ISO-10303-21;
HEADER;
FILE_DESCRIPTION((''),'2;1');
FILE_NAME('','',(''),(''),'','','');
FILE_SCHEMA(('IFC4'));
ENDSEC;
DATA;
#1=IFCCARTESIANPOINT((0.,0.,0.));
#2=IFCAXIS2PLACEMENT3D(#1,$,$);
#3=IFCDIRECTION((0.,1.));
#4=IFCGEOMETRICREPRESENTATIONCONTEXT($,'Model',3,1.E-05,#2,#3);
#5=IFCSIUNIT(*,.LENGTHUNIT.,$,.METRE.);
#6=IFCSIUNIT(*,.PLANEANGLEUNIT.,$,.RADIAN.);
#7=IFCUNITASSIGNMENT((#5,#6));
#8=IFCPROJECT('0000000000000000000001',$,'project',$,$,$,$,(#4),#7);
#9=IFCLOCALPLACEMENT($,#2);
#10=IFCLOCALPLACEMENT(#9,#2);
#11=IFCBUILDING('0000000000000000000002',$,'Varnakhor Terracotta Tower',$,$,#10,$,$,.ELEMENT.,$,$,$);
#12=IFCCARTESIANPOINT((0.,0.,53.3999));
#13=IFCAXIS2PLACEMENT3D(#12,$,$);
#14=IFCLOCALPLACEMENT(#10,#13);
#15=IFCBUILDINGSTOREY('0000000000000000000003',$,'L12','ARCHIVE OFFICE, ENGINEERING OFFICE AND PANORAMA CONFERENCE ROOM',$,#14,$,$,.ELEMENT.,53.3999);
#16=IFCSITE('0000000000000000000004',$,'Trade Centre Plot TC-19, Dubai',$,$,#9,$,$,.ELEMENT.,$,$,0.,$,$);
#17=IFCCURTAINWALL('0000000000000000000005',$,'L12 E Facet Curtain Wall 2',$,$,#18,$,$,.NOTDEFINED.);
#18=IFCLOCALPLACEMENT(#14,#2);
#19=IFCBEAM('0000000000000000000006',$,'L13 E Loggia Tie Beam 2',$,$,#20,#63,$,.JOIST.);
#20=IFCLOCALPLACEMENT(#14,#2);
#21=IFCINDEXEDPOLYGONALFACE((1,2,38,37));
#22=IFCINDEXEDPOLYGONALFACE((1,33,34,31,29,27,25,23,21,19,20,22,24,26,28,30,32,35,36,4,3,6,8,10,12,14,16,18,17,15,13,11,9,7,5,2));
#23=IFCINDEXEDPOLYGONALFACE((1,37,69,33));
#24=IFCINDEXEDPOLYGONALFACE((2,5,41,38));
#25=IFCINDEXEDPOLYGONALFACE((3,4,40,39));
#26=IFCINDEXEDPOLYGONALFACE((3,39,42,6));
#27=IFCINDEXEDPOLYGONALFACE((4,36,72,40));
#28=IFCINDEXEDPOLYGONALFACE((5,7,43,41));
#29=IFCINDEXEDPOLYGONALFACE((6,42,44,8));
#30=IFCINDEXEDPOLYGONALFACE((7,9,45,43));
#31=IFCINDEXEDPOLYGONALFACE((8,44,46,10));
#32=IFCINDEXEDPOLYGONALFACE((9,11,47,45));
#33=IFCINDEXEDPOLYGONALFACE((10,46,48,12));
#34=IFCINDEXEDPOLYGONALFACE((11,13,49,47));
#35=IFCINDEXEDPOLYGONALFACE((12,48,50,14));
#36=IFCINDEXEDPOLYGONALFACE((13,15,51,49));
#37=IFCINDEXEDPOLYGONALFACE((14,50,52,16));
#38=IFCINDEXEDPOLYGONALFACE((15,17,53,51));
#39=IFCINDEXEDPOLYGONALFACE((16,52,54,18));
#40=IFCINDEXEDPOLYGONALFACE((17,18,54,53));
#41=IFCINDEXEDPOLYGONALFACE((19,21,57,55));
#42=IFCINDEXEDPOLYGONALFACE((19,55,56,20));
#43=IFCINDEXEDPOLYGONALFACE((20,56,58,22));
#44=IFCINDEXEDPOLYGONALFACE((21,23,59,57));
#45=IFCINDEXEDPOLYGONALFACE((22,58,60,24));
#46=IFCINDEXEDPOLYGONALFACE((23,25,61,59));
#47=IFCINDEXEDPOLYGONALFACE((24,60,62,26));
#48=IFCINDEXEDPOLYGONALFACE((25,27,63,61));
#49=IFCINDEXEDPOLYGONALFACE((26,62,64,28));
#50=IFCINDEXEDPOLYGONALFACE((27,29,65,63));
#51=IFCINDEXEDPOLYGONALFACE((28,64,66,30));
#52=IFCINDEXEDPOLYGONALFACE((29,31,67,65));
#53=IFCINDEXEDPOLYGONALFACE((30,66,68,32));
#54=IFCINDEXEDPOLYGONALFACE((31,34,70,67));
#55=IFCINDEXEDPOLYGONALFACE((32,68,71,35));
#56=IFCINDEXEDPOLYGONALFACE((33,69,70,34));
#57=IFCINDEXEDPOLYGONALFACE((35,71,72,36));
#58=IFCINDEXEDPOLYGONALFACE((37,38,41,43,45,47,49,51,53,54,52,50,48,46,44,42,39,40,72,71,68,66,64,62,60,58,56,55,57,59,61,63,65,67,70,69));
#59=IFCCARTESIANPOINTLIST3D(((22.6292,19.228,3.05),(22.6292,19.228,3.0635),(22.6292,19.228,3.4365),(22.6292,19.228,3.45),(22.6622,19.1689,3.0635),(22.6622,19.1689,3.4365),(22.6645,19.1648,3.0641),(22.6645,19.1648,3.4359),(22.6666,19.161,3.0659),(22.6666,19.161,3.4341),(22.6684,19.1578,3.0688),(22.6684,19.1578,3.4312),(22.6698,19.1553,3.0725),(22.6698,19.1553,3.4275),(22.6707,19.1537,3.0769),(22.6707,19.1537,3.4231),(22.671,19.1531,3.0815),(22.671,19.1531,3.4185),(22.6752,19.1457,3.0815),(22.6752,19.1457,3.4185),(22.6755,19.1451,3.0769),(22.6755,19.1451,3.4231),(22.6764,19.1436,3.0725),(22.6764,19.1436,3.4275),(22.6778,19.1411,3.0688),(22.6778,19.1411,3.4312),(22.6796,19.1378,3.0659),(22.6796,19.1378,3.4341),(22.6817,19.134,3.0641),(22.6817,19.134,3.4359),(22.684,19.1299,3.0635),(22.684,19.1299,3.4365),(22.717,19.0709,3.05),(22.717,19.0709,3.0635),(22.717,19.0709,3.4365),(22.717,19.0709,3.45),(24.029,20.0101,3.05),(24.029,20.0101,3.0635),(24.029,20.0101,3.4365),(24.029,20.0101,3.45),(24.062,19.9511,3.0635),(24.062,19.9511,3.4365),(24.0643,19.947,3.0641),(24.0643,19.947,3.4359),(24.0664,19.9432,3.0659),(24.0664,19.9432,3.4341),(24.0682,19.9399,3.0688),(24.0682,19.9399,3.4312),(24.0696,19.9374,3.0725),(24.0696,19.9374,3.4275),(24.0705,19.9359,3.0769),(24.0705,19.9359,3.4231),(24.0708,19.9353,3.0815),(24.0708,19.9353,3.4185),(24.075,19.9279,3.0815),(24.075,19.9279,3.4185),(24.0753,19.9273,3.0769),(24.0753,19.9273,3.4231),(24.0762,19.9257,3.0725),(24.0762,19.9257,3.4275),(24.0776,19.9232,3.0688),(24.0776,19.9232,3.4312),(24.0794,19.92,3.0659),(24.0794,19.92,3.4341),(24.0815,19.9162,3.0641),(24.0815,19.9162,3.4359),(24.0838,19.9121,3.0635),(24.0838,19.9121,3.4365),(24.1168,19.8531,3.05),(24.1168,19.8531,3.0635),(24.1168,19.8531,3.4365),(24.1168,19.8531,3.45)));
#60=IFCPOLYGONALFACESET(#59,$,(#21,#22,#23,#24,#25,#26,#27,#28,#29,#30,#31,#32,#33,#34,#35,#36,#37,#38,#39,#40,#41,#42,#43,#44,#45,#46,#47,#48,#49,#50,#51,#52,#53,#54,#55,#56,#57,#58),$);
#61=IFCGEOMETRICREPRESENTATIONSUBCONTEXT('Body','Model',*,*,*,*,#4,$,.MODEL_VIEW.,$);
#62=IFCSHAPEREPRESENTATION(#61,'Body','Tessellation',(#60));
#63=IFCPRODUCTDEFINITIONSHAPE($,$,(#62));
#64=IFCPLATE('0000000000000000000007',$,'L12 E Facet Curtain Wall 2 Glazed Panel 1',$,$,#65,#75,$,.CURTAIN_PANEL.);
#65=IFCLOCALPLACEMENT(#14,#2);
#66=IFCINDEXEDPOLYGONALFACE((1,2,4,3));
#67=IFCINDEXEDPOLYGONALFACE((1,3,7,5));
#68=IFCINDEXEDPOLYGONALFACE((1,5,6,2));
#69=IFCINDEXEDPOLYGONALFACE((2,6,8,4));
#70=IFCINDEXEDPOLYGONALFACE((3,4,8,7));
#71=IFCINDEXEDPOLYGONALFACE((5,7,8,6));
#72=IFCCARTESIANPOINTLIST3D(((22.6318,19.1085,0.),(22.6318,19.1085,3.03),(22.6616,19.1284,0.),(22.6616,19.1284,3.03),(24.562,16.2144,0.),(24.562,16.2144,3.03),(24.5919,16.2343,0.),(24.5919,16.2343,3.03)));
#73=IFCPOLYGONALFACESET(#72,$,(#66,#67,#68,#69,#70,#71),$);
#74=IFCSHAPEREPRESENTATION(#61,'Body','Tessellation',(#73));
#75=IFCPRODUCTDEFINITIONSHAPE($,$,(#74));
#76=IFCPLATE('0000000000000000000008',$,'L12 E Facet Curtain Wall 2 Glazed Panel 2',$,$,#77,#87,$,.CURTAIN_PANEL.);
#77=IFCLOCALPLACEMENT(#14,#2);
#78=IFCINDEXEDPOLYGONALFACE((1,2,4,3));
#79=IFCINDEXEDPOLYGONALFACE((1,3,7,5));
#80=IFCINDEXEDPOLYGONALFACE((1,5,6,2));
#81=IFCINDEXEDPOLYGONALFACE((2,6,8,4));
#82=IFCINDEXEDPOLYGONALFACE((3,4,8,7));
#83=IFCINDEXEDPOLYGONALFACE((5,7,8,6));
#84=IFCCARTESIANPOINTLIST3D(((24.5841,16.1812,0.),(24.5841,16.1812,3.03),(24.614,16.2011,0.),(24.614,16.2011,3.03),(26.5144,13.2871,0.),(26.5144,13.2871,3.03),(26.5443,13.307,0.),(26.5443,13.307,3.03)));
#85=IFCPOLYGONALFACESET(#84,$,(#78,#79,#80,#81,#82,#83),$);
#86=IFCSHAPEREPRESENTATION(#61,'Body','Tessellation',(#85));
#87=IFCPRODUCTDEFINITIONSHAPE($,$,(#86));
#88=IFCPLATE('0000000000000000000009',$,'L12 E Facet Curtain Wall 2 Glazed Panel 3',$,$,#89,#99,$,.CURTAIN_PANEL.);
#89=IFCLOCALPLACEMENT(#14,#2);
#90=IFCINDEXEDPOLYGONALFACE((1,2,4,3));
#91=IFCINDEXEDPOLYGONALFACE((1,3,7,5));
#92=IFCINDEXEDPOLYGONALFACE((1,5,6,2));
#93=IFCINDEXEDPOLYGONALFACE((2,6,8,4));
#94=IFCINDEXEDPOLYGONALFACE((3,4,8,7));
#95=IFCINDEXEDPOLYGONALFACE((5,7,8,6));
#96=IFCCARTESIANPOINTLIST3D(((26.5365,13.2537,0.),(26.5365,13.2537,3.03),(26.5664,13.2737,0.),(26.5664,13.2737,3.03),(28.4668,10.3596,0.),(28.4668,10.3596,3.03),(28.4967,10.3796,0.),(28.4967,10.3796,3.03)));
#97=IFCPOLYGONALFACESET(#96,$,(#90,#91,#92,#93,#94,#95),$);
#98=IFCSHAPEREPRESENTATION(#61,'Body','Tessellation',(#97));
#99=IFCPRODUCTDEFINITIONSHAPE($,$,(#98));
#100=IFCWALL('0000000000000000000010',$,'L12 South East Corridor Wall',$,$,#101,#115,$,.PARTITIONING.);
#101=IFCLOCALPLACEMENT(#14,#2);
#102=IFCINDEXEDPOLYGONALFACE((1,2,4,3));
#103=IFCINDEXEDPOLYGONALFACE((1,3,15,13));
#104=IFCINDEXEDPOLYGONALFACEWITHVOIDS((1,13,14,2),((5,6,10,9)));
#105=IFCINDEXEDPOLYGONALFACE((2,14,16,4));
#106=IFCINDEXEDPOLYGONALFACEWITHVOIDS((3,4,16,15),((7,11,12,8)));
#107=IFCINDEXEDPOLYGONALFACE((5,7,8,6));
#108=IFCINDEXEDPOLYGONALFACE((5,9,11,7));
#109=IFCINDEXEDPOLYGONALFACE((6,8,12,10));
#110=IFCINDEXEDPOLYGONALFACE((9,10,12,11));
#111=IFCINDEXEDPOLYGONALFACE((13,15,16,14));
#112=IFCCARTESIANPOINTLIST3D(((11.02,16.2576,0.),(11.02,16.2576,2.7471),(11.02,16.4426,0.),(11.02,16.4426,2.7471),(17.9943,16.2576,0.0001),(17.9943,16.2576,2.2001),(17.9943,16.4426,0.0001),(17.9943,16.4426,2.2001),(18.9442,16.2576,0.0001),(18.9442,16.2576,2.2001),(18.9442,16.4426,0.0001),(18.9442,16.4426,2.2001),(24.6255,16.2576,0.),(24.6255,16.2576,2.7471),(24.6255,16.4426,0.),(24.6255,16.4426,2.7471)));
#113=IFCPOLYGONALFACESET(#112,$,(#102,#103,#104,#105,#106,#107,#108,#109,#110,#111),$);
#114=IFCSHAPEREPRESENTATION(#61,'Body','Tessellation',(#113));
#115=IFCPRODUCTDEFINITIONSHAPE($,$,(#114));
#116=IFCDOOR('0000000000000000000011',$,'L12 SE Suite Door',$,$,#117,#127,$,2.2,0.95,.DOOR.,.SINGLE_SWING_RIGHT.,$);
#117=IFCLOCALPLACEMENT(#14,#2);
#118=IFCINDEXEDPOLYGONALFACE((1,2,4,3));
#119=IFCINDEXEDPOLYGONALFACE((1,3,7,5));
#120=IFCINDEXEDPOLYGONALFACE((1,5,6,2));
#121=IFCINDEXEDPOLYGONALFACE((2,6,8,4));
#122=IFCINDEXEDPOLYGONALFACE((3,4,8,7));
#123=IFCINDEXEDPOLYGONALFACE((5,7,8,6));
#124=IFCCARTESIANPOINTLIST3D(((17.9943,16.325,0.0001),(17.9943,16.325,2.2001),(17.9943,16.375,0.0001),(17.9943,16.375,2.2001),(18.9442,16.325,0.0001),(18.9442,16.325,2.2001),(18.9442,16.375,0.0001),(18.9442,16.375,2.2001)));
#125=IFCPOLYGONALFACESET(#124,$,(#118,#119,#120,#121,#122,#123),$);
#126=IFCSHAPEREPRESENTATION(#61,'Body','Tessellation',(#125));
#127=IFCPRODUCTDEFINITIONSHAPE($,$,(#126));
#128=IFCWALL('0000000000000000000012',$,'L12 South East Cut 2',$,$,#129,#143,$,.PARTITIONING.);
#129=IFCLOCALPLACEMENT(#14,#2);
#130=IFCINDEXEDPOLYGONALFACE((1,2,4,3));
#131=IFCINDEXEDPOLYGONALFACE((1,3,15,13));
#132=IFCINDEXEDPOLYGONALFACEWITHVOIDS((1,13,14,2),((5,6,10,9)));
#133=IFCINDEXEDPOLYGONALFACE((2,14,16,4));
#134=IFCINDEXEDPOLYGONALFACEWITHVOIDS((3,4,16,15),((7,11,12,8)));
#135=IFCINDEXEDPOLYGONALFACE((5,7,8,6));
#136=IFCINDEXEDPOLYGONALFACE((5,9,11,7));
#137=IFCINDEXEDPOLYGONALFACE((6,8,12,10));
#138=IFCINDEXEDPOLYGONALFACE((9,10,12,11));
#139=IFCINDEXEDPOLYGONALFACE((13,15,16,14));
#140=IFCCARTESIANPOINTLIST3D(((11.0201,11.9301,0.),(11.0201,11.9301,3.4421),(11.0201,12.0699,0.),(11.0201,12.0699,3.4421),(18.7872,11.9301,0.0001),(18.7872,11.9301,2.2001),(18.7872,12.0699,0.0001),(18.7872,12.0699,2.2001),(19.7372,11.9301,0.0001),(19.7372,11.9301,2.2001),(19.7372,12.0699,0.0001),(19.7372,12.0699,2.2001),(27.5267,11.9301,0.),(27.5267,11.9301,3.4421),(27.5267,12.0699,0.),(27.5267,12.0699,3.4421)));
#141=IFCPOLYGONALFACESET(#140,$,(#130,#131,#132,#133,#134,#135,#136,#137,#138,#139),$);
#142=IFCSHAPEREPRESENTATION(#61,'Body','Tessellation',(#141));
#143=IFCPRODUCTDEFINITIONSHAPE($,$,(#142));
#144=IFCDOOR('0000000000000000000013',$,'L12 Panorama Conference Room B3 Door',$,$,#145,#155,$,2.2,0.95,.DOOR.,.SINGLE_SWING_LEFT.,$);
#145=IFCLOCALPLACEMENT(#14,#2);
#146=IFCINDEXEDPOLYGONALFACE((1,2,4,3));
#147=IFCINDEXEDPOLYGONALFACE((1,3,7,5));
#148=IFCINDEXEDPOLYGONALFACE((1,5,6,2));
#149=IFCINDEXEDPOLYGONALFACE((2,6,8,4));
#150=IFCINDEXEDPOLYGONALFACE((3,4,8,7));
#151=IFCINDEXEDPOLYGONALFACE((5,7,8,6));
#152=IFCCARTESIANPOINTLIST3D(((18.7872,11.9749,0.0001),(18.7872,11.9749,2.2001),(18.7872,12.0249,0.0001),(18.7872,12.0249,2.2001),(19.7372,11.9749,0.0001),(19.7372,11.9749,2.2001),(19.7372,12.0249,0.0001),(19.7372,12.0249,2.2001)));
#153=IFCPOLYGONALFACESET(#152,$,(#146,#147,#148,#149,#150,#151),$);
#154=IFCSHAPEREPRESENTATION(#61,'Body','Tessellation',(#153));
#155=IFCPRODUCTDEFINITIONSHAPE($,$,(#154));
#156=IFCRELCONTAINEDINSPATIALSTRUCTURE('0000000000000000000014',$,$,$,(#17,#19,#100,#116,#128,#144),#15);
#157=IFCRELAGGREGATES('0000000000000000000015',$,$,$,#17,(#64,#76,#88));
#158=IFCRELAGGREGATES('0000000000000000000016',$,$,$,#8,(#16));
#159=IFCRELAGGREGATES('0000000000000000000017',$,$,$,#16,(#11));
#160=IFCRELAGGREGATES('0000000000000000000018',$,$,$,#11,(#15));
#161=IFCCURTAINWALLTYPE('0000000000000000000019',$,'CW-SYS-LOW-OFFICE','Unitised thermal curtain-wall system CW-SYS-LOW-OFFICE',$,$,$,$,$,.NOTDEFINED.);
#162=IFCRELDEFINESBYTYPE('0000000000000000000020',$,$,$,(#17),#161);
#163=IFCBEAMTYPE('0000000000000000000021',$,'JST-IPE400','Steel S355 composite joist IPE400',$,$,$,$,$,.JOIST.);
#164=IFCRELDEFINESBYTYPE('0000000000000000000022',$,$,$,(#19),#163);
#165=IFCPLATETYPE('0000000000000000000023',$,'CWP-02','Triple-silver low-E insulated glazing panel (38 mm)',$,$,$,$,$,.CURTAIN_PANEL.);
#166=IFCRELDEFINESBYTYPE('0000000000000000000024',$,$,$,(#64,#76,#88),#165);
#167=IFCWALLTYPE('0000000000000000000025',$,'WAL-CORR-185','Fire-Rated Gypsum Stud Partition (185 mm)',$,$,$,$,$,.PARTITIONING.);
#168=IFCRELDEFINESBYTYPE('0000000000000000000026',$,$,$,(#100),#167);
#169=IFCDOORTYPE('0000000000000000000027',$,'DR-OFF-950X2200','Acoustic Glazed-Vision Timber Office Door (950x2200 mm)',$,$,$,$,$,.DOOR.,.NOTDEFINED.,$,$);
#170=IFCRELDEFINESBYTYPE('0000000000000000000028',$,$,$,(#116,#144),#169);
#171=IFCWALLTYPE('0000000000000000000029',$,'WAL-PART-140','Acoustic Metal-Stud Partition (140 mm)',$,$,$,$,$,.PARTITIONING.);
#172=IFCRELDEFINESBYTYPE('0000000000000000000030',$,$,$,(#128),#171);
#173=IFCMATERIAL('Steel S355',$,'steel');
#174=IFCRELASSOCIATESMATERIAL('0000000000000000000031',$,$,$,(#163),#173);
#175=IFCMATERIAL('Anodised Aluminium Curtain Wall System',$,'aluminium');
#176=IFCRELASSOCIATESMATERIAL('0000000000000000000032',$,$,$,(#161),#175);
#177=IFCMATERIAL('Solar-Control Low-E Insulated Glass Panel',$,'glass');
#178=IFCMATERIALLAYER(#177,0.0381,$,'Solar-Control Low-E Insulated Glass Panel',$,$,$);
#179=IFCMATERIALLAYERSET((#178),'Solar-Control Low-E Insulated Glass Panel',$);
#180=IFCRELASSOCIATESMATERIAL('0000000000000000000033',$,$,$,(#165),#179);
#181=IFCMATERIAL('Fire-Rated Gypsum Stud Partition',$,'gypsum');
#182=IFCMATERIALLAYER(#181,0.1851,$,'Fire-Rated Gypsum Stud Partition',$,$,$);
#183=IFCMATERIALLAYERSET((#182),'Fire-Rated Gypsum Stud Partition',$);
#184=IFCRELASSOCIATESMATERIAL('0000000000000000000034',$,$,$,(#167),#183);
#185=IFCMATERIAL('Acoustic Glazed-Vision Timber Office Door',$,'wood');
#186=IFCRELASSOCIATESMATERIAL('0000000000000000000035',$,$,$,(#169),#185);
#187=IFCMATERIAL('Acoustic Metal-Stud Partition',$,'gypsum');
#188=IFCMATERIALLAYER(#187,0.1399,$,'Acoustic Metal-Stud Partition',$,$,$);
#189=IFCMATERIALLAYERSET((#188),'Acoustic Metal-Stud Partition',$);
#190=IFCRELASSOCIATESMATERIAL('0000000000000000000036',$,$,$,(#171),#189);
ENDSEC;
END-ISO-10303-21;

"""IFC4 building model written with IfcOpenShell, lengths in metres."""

from ifc_helpers import new_model, si_unit, direction, frame, frame_2d, origin, origin_2d, place, context, subcontext, project, spatial, rectangle, i_section, extrude, source, transform, mapped, material, layer, layer_set, material_profile, profile_set, type_object, type_shapes, element, fill, aggregate, save


model = new_model("IFC4")

# Units and contexts
model_context = context("Model", 3, precision=1e-05, world=origin(), true_north=direction((0.0, 1.0)))
body_context = subcontext(model_context, "Body", "Model", "MODEL_VIEW")
ifc_project = project(units=[si_unit("LENGTHUNIT", "METRE"), si_unit("PLANEANGLEUNIT", "RADIAN")], contexts=[model_context])

# Site, building, storey
site_placement = place(None, origin())
site = spatial("IfcSite", under=ifc_project, at=site_placement, Name="Trade Centre Plot TC-19, Dubai", CompositionType="ELEMENT", RefElevation=0.0)
building_placement = place(site_placement, origin())
building = spatial("IfcBuilding", under=site, at=building_placement, Name="Varnakhor Terracotta Tower", CompositionType="ELEMENT")
storey_placement = place(building_placement, frame((0.0, 0.0, 53.3999)))
storey = spatial("IfcBuildingStorey", under=building, at=storey_placement, Name="L12", Description="ARCHIVE OFFICE, ENGINEERING OFFICE AND PANORAMA CONFERENCE ROOM", CompositionType="ELEMENT", Elevation=53.3999)

# Shared definitions
ifc_material_1 = material(Name="Steel S355", Category="steel")
ifc_material_profile_1 = material_profile(ifc_material_1, i_section(OverallWidth=0.1799, OverallDepth=0.3999, WebThickness=0.0085, FlangeThickness=0.0134, FilletRadius=0.0181, at=origin_2d()), Name="IPE400")
ifc_profile_set_1 = profile_set([ifc_material_profile_1], Name="Steel S355")
beam_type = type_object("IfcBeamType", Name="JST-IPE400", Description="Steel S355 composite joist IPE400", PredefinedType="JOIST", material=ifc_profile_set_1)

# Curtain wall
ifc_material_2 = material(Name="Anodised Aluminium Curtain Wall System", Category="aluminium")
curtain_wall_type = type_object("IfcCurtainWallType", Name="CW-SYS-LOW-OFFICE", Description="Unitised thermal curtain-wall system CW-SYS-LOW-OFFICE", PredefinedType="NOTDEFINED", material=ifc_material_2)
curtain_wall_placement = place(storey_placement, origin())
curtain_wall = element("IfcCurtainWall", 1, at=curtain_wall_placement, inside=storey, type_object=curtain_wall_type, Name="L12 E Facet Curtain Wall 2", PredefinedType="NOTDEFINED")

# Beam
shared_shape_1 = source(origin(), body_context, "Body", "SweptSolid", [
    extrude(i_section(OverallWidth=0.1799, OverallDepth=0.3999, WebThickness=0.0085, FlangeThickness=0.0134, FilletRadius=0.0181, at=origin_2d()), origin(), (0.0, 0.0, 1.0), 1.6035),
])
beam_1_placement = place(storey_placement, frame((22.6731, 19.1494, 3.25), z_axis=(0.872963, 0.487787, 0.0), x_axis=(-0.487787, 0.872963, 0.0)))
element("IfcBeam", 2, at=beam_1_placement, inside=storey, type_object=beam_type, Name="L13 E Loggia Tie Beam 2", PredefinedType="JOIST", context=body_context, shape_type="MappedRepresentation", body=[
    mapped(shared_shape_1, transform((0.0, 0.0, 0.0), scale=1.0)),
])

# Plates
ifc_material_3 = material(Name="Solar-Control Low-E Insulated Glass Panel", Category="glass")
ifc_layer_1 = layer(ifc_material_3, 0.0381, Name="Solar-Control Low-E Insulated Glass Panel")
ifc_layer_set_1 = layer_set([ifc_layer_1], Name="Solar-Control Low-E Insulated Glass Panel")
plate_type = type_object("IfcPlateType", Name="CWP-02", Description="Triple-silver low-E insulated glazing panel (38 mm)", PredefinedType="CURTAIN_PANEL", material=ifc_layer_set_1)
shared_shape_2 = source(origin(), body_context, "Body", "SweptSolid", [
    extrude(rectangle(XDim=3.4788, YDim=0.0359, at=origin_2d()), origin(), (0.0, 0.0, 1.0), 3.03),
])
plate_1_placement = place(storey_placement, frame((23.6118, 17.6714, 0.0), z_axis=(0.0, 0.0, 1.0), x_axis=(0.554873, -0.831935, 0.0)))
plate_1 = element("IfcPlate", 3, at=plate_1_placement, type_object=plate_type, Name="L12 E Facet Curtain Wall 2 Glazed Panel 1", PredefinedType="CURTAIN_PANEL", context=body_context, shape_type="MappedRepresentation", body=[
    mapped(shared_shape_2, transform((0.0, 0.0, 0.0), scale=1.0)),
])
plate_2_placement = place(storey_placement, frame((25.5642, 14.7441, 0.0), z_axis=(0.0, 0.0, 1.0), x_axis=(0.554873, -0.831935, 0.0)))
plate_2 = element("IfcPlate", 4, at=plate_2_placement, type_object=plate_type, Name="L12 E Facet Curtain Wall 2 Glazed Panel 2", PredefinedType="CURTAIN_PANEL", context=body_context, shape_type="MappedRepresentation", body=[
    mapped(shared_shape_2, transform((0.0, 0.0, 0.0), scale=1.0)),
])
plate_3_placement = place(storey_placement, frame((27.5166, 11.8167, 0.0), z_axis=(0.0, 0.0, 1.0), x_axis=(0.554873, -0.831935, 0.0)))
plate_3 = element("IfcPlate", 5, at=plate_3_placement, type_object=plate_type, Name="L12 E Facet Curtain Wall 2 Glazed Panel 3", PredefinedType="CURTAIN_PANEL", context=body_context, shape_type="MappedRepresentation", body=[
    mapped(shared_shape_2, transform((0.0, 0.0, 0.0), scale=1.0)),
])
aggregate(curtain_wall, [plate_1, plate_2, plate_3])

# Walls, openings, doors
ifc_material_4 = material(Name="Fire-Rated Gypsum Stud Partition", Category="gypsum")
ifc_layer_2 = layer(ifc_material_4, 0.1851, Name="Fire-Rated Gypsum Stud Partition")
ifc_layer_set_2 = layer_set([ifc_layer_2], Name="Fire-Rated Gypsum Stud Partition")
wall_type_1 = type_object("IfcWallType", Name="WAL-CORR-185", Description="Fire-Rated Gypsum Stud Partition (185 mm)", PredefinedType="PARTITIONING", material=ifc_layer_set_2)
wall_1_placement = place(storey_placement, frame((11.02, 16.3501, 0.0), z_axis=(0.0, 0.0, 1.0), x_axis=(1.0, 0.0, 0.0)))
wall_1 = element("IfcWall", 6, at=wall_1_placement, inside=storey, type_object=wall_type_1, Name="L12 South East Corridor Wall", PredefinedType="PARTITIONING", context=body_context, shape_type="SweptSolid", body=[
    extrude(rectangle(XDim=13.6055, YDim=0.1851, at=frame_2d((6.8027, 0.0))), origin(), (0.0, 0.0, 1.0), 2.7471),
])
opening_1_placement = place(wall_1_placement, frame((6.9741, 0.0, 0.0)))
opening_1 = element("IfcOpeningElement", 7, at=opening_1_placement, cuts=wall_1, PredefinedType="OPENING", context=body_context, shape_type="SweptSolid", body=[
    extrude(rectangle(XDim=0.95, YDim=2.2, at=frame_2d((0.4751, 1.1001))), frame((0.0, 0.1025, 0.0), z_axis=(0.0, -1.0, 0.0), x_axis=(1.0, 0.0, 0.0)), (0.0, 0.0, 1.0), 0.2051),
])
ifc_material_5 = material(Name="Acoustic Glazed-Vision Timber Office Door", Category="wood")
door_type = type_object("IfcDoorType", Name="DR-OFF-950X2200", Description="Acoustic Glazed-Vision Timber Office Door (950x2200 mm)", OperationType="NOTDEFINED", PredefinedType="DOOR", material=ifc_material_5)
shared_shape_3 = source(origin(), body_context, "Body", "SweptSolid", [
    extrude(rectangle(XDim=0.95, YDim=2.2, at=frame_2d((0.4751, 1.1001))), frame((0.0, 0.0249, 0.0), z_axis=(0.0, -1.0, 0.0), x_axis=(1.0, 0.0, 0.0)), (0.0, 0.0, 1.0), 0.05),
])
type_shapes(door_type, [shared_shape_3])
door_1_placement = place(opening_1_placement, origin())
door_1 = element("IfcDoor", 8, at=door_1_placement, inside=storey, type_object=door_type, Name="L12 SE Suite Door", OperationType="SINGLE_SWING_RIGHT", OverallHeight=2.2, OverallWidth=0.95, PredefinedType="DOOR", context=body_context, shape_type="MappedRepresentation", body=[
    mapped(shared_shape_3, transform((0.0, 0.0, 0.0), scale=1.0)),
])
fill(opening_1, door_1)
ifc_material_6 = material(Name="Acoustic Metal-Stud Partition", Category="gypsum")
ifc_layer_3 = layer(ifc_material_6, 0.1399, Name="Acoustic Metal-Stud Partition")
ifc_layer_set_3 = layer_set([ifc_layer_3], Name="Acoustic Metal-Stud Partition")
wall_type_2 = type_object("IfcWallType", Name="WAL-PART-140", Description="Acoustic Metal-Stud Partition (140 mm)", PredefinedType="PARTITIONING", material=ifc_layer_set_3)
wall_2_placement = place(storey_placement, frame((11.02, 12.0, 0.0), z_axis=(0.0, 0.0, 1.0), x_axis=(1.0, 0.0, 0.0)))
wall_2 = element("IfcWall", 9, at=wall_2_placement, inside=storey, type_object=wall_type_2, Name="L12 South East Cut 2", PredefinedType="PARTITIONING", context=body_context, shape_type="SweptSolid", body=[
    extrude(rectangle(XDim=16.5066, YDim=0.1399, at=frame_2d((8.2534, 0.0))), origin(), (0.0, 0.0, 1.0), 3.4421),
])
opening_2_placement = place(wall_2_placement, frame((7.7671, 0.0, 0.0)))
opening_2 = element("IfcOpeningElement", 10, at=opening_2_placement, cuts=wall_2, PredefinedType="OPENING", context=body_context, shape_type="SweptSolid", body=[
    extrude(rectangle(XDim=0.95, YDim=2.2, at=frame_2d((0.4751, 1.1001))), frame((0.0, 0.0801, 0.0), z_axis=(0.0, -1.0, 0.0), x_axis=(1.0, 0.0, 0.0)), (0.0, 0.0, 1.0), 0.1599),
])
door_2_placement = place(opening_2_placement, origin())
door_2 = element("IfcDoor", 11, at=door_2_placement, inside=storey, type_object=door_type, Name="L12 Panorama Conference Room B3 Door", OperationType="SINGLE_SWING_LEFT", OverallHeight=2.2, OverallWidth=0.95, PredefinedType="DOOR", context=body_context, shape_type="MappedRepresentation", body=[
    mapped(shared_shape_3, transform((0.0, 0.0, 0.0), scale=1.0)),
])
fill(opening_2, door_2)

save(model, "model.ifc")
